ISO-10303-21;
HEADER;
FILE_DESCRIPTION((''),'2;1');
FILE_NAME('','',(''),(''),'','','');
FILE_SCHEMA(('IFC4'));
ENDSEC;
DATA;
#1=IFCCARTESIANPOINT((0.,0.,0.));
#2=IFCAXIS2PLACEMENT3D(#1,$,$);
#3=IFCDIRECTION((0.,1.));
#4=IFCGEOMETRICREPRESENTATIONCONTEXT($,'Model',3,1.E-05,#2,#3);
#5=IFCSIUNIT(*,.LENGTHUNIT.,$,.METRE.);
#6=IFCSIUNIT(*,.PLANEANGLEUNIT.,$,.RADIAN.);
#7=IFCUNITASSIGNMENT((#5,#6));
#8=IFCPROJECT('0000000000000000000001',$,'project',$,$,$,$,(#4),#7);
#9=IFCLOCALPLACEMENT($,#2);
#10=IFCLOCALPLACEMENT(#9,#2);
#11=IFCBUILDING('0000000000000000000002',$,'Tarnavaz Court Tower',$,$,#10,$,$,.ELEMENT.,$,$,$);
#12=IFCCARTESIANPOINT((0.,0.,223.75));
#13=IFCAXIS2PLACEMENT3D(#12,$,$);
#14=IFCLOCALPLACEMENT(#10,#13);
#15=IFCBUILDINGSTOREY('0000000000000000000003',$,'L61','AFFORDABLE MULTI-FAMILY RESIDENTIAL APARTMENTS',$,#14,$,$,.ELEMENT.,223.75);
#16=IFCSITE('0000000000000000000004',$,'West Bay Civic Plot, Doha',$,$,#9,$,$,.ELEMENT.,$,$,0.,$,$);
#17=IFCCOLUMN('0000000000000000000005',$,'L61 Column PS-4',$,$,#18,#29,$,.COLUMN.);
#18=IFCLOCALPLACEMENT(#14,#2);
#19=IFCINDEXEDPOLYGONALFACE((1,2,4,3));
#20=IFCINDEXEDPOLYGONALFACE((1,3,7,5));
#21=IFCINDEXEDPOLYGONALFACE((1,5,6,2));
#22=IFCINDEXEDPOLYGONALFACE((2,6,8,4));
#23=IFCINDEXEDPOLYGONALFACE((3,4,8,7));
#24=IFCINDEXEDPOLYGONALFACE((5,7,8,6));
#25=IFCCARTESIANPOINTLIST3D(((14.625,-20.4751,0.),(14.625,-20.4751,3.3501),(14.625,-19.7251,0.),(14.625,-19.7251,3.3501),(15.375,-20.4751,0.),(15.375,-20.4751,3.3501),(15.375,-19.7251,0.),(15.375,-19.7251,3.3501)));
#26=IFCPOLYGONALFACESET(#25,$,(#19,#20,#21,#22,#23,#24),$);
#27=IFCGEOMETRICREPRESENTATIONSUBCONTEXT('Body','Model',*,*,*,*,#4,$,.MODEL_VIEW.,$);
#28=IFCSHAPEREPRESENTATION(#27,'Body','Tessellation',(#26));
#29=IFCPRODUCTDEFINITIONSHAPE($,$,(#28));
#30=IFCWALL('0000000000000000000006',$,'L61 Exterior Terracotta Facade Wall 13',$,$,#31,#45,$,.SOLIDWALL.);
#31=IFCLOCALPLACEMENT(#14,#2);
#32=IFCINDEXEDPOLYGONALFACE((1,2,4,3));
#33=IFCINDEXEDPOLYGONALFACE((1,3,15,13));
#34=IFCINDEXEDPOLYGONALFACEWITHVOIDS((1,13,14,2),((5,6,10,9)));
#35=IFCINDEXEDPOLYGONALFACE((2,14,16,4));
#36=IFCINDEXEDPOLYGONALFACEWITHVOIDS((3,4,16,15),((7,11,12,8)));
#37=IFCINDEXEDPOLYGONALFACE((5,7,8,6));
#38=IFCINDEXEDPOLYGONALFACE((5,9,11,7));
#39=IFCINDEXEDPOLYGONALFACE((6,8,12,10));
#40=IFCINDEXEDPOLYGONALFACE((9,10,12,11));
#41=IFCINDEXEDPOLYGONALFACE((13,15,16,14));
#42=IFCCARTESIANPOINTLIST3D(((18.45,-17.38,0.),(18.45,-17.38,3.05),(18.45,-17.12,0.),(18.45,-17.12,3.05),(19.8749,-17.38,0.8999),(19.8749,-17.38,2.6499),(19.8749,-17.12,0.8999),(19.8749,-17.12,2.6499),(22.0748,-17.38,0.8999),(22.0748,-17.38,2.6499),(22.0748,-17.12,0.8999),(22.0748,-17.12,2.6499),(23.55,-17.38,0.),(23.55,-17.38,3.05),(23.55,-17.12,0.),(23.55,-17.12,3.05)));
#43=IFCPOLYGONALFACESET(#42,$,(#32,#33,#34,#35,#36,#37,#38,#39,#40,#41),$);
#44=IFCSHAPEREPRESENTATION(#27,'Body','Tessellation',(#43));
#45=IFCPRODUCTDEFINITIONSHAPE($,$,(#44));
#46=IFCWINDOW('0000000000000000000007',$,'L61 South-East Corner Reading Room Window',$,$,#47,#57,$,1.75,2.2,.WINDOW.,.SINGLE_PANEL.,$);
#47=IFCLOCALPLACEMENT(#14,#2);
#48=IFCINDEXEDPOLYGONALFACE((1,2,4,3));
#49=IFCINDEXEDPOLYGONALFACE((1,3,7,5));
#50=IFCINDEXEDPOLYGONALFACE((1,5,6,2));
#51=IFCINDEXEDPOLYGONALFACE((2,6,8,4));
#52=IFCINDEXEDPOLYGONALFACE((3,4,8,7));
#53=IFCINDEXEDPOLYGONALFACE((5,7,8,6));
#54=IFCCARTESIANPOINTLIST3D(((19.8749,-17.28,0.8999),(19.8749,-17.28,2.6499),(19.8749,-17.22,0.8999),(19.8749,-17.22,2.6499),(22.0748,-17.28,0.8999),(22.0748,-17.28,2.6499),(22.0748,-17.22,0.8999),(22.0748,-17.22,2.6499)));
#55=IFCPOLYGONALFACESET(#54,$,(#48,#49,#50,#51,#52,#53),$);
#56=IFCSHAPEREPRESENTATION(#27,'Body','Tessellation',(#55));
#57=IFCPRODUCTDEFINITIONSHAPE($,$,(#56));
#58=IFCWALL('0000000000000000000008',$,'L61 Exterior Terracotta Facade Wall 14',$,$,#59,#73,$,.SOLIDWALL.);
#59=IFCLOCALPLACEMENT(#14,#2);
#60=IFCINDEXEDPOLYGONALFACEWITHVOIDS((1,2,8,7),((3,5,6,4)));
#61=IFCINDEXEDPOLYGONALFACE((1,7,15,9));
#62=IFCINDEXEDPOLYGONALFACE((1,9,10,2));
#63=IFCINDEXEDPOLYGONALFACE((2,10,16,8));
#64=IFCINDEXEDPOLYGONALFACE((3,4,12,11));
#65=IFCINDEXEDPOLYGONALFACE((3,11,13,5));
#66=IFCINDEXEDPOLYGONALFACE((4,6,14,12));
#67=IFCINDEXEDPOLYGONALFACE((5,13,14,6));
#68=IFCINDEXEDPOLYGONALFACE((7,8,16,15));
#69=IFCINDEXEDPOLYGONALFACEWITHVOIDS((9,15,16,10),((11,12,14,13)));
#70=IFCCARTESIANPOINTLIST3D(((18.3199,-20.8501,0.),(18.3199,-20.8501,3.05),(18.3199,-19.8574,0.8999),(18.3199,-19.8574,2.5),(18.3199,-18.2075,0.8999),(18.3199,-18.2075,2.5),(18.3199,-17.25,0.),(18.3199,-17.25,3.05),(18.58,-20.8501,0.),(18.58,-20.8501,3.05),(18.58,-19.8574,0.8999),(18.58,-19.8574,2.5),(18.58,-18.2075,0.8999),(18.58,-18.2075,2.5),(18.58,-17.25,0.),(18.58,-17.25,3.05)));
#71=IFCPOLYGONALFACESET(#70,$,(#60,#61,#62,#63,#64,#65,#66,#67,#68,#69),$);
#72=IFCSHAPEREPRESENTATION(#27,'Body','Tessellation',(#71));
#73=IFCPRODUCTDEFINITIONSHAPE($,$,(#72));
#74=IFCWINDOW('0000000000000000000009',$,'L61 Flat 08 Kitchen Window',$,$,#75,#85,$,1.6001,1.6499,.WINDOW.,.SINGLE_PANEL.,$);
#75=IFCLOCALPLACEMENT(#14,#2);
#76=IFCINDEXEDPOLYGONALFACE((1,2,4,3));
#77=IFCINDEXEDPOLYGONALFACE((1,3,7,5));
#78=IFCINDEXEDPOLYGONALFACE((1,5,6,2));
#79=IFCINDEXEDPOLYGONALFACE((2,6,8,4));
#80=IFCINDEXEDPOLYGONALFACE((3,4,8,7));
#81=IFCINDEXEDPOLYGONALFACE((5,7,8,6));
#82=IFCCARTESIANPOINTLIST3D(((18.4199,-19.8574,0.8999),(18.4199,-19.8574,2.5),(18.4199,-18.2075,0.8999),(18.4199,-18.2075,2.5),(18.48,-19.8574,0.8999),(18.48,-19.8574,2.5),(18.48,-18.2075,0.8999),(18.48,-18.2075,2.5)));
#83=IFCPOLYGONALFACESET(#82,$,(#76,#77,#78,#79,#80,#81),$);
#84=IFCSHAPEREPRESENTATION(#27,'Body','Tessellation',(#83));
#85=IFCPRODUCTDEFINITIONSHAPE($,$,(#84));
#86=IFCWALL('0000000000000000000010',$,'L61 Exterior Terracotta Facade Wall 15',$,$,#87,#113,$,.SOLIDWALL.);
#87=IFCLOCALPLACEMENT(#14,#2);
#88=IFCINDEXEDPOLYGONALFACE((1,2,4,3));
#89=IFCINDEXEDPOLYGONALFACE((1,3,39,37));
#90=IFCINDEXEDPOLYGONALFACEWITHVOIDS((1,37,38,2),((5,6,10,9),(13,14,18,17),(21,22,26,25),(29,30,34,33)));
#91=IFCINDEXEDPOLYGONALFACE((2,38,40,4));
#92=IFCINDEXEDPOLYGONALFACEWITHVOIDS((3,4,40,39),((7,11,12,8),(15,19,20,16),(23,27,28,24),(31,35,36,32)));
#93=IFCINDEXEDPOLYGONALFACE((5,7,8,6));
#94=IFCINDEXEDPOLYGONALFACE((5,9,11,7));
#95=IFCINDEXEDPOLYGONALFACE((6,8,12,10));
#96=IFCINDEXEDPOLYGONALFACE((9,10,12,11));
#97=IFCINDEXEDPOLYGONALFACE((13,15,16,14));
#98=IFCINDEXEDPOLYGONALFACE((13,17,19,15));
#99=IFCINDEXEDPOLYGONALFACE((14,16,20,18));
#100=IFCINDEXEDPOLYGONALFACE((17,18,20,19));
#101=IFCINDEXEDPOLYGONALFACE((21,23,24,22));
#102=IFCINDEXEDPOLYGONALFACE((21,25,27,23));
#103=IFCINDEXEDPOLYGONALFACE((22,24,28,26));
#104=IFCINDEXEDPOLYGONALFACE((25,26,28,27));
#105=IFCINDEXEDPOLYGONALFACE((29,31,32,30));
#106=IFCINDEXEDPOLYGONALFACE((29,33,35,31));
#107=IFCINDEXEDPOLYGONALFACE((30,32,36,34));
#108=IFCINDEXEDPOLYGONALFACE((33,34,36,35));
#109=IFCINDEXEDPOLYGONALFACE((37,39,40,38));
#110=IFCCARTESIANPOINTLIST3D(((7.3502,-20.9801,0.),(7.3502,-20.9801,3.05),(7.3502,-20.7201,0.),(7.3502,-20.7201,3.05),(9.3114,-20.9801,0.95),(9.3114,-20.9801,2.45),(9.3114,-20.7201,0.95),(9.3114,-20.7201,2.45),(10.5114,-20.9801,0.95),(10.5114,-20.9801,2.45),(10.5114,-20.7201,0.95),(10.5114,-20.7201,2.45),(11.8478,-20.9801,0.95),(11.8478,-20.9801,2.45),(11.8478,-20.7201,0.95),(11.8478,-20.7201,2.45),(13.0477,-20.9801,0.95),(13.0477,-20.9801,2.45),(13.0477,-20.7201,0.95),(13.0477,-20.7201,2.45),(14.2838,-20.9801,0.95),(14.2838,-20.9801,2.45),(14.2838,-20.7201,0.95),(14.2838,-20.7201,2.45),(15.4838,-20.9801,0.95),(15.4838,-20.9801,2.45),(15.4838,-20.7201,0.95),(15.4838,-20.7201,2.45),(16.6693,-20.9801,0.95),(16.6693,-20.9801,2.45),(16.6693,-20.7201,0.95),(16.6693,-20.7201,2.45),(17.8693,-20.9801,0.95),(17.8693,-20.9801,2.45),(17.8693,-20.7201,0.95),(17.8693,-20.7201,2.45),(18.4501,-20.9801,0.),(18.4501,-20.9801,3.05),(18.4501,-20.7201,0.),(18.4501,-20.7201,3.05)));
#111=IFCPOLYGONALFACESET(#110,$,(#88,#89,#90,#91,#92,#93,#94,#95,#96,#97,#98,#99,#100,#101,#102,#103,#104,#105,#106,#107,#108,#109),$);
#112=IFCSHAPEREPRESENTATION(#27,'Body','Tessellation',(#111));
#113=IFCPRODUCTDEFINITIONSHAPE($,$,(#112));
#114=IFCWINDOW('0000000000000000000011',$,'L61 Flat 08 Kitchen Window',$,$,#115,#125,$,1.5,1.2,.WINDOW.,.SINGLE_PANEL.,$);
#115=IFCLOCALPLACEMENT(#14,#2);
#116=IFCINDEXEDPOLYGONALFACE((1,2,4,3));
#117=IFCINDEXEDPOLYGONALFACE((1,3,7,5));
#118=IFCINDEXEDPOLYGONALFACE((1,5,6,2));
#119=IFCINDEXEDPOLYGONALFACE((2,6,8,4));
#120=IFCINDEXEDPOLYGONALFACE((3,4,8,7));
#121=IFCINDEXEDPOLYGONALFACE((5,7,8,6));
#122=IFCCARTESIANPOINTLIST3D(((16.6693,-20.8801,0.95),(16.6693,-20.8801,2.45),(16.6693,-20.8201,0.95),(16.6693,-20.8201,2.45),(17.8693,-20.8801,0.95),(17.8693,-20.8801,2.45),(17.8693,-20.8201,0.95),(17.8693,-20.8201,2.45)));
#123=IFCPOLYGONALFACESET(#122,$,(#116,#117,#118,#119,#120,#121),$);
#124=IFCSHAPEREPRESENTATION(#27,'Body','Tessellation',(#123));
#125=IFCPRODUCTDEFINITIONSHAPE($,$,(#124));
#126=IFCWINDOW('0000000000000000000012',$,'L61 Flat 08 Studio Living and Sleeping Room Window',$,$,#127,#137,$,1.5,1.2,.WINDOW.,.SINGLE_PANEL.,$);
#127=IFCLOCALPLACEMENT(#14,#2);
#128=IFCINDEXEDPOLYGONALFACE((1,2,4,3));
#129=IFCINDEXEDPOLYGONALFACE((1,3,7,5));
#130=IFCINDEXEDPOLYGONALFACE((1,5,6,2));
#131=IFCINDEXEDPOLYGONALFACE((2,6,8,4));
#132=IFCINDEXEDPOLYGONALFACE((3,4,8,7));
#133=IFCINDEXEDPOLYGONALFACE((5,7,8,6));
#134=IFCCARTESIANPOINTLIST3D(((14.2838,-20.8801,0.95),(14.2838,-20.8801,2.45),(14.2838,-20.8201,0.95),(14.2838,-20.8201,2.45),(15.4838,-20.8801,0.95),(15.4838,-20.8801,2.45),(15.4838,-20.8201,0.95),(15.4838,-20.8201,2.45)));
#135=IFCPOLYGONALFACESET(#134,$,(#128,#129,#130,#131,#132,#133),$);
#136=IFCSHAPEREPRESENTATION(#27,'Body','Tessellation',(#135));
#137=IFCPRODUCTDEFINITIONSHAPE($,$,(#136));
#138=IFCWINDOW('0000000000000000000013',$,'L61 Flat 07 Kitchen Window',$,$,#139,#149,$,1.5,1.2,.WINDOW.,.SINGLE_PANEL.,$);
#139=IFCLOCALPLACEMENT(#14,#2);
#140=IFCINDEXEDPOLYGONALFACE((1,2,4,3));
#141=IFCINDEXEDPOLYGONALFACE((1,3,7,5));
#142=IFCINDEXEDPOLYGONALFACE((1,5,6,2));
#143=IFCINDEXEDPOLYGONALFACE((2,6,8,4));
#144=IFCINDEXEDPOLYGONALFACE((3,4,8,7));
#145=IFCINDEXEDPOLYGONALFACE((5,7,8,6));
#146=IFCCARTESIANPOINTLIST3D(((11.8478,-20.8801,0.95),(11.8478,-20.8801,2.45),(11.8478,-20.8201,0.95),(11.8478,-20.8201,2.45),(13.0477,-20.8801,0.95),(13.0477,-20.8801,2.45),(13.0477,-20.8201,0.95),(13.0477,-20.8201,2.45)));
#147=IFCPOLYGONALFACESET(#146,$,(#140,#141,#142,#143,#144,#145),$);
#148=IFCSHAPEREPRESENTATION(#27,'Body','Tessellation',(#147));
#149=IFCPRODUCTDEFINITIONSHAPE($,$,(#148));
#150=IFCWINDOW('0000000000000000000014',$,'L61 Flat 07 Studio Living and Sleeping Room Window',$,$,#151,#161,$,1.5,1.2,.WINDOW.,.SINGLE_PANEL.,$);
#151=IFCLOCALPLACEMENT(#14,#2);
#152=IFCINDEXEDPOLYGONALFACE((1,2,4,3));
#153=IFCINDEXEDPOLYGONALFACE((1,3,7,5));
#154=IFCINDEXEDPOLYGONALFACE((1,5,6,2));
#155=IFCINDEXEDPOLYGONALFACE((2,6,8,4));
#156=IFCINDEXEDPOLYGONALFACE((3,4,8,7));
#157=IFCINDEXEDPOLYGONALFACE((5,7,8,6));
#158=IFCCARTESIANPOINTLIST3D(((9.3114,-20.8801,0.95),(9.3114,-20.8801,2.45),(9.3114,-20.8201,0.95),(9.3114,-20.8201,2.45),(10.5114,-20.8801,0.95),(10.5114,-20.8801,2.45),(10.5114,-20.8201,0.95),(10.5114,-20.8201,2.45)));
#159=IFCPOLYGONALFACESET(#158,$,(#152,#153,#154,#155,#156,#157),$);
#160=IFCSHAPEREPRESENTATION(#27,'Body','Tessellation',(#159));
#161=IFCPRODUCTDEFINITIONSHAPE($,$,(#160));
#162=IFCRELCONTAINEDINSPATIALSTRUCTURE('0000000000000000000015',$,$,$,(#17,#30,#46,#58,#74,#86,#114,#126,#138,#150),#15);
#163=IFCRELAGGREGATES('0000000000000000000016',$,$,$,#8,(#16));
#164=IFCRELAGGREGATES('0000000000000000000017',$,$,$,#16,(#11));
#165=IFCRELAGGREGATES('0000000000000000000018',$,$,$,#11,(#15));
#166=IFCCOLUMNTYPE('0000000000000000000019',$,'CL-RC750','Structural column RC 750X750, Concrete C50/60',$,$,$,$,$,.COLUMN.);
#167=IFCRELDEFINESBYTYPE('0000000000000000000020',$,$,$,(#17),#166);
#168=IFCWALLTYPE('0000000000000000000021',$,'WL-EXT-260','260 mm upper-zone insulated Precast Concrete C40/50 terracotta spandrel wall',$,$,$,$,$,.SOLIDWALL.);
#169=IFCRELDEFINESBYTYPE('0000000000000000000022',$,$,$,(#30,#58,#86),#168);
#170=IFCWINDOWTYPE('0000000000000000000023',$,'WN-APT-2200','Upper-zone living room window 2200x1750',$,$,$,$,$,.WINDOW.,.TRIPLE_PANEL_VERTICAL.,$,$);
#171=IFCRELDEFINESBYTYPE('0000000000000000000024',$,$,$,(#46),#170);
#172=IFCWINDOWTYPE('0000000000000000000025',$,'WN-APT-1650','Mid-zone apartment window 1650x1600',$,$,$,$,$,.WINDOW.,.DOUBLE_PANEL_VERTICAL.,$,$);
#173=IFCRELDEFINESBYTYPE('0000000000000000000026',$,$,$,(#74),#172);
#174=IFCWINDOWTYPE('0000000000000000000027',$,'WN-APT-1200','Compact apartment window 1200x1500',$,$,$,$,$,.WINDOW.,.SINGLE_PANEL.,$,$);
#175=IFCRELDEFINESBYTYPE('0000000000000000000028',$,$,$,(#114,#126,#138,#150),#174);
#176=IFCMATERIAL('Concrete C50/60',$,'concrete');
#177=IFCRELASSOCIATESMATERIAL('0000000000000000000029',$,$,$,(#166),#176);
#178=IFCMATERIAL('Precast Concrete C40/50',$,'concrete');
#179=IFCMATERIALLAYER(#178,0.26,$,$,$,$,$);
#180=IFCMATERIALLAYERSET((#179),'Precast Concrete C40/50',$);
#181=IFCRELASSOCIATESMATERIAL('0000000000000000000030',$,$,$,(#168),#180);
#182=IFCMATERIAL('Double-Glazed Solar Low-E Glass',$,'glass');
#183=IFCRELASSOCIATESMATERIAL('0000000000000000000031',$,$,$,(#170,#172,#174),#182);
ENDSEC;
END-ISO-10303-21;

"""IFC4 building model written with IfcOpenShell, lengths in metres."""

from ifc_helpers import new_model, si_unit, direction, frame, frame_2d, origin, origin_2d, place, context, subcontext, project, spatial, rectangle, extrude, material, layer, layer_set, material_profile, profile_set, type_object, element, fill, save


model = new_model("IFC4")

# Units and contexts
model_context = context("Model", 3, precision=1e-05, world=origin(), true_north=direction((0.0, 1.0)))
body_context = subcontext(model_context, "Body", "Model", "MODEL_VIEW")
ifc_project = project(units=[si_unit("LENGTHUNIT", "METRE"), si_unit("PLANEANGLEUNIT", "RADIAN")], contexts=[model_context])

# Site, building, storey
site_placement = place(None, origin())
site = spatial("IfcSite", under=ifc_project, at=site_placement, Name="West Bay Civic Plot, Doha", CompositionType="ELEMENT", RefElevation=0.0)
building_placement = place(site_placement, origin())
building = spatial("IfcBuilding", under=site, at=building_placement, Name="Tarnavaz Court Tower", CompositionType="ELEMENT")
storey_placement = place(building_placement, frame((0.0, 0.0, 223.75)))
storey = spatial("IfcBuildingStorey", under=building, at=storey_placement, Name="L61", Description="AFFORDABLE MULTI-FAMILY RESIDENTIAL APARTMENTS", CompositionType="ELEMENT", Elevation=223.75)

# Column
ifc_material_1 = material(Name="Concrete C50/60", Category="concrete")
ifc_material_profile_1 = material_profile(ifc_material_1, rectangle(XDim=0.75, YDim=0.75, at=origin_2d()), Name="RC 750X750")
ifc_profile_set_1 = profile_set([ifc_material_profile_1], Name="Concrete C50/60")
column_type = type_object("IfcColumnType", Name="CL-RC750", Description="Structural column RC 750X750, Concrete C50/60", PredefinedType="COLUMN", material=ifc_profile_set_1)
column_placement = place(storey_placement, frame((15.0, -20.1001, 0.0), z_axis=(0.0, 0.0, 1.0), x_axis=(1.0, 0.0, 0.0)))
element("IfcColumn", 1, at=column_placement, inside=storey, type_object=column_type, Name="L61 Column PS-4", PredefinedType="COLUMN", context=body_context, shape_type="SweptSolid", body=[
    extrude(rectangle(XDim=0.75, YDim=0.75, at=origin_2d()), origin(), (0.0, 0.0, 1.0), 3.3501),
])

# Walls, openings, windows
ifc_material_2 = material(Name="Precast Concrete C40/50", Category="concrete")
ifc_layer_1 = layer(ifc_material_2, 0.26)
ifc_layer_set_1 = layer_set([ifc_layer_1], Name="Precast Concrete C40/50")
wall_type_1 = type_object("IfcWallType", Name="WL-EXT-260", Description="260 mm upper-zone insulated Precast Concrete C40/50 terracotta spandrel wall", PredefinedType="SOLIDWALL", material=ifc_layer_set_1)
wall_1_placement = place(storey_placement, frame((23.55, -17.25, 0.0), z_axis=(0.0, 0.0, 1.0), x_axis=(-1.0, 0.0, 0.0)))
wall_1 = element("IfcWall", 2, at=wall_1_placement, inside=storey, type_object=wall_type_1, Name="L61 Exterior Terracotta Facade Wall 13", PredefinedType="SOLIDWALL", context=body_context, shape_type="SweptSolid", body=[
    extrude(rectangle(XDim=5.1001, YDim=0.26, at=frame_2d((2.55, 0.0))), origin(), (0.0, 0.0, 1.0), 3.05),
])
opening_1_placement = place(wall_1_placement, frame((1.4751, 0.0, 0.8999)))
opening_1 = element("IfcOpeningElement", 3, at=opening_1_placement, cuts=wall_1, PredefinedType="OPENING", context=body_context, shape_type="SweptSolid", body=[
    extrude(rectangle(XDim=2.2, YDim=1.75, at=frame_2d((1.1001, 0.875))), frame((0.0, 0.1399, 0.0), z_axis=(0.0, -1.0, 0.0), x_axis=(1.0, 0.0, 0.0)), (0.0, 0.0, 1.0), 0.28),
])
ifc_material_3 = material(Name="Double-Glazed Solar Low-E Glass", Category="glass")
window_type_1 = type_object("IfcWindowType", Name="WN-APT-2200", Description="Upper-zone living room window 2200x1750", PartitioningType="TRIPLE_PANEL_VERTICAL", PredefinedType="WINDOW", material=ifc_material_3)
window_1_placement = place(opening_1_placement, origin())
window_1 = element("IfcWindow", 4, at=window_1_placement, inside=storey, type_object=window_type_1, Name="L61 South-East Corner Reading Room Window", OverallHeight=1.75, OverallWidth=2.2, PartitioningType="SINGLE_PANEL", PredefinedType="WINDOW", context=body_context, shape_type="SweptSolid", body=[
    extrude(rectangle(XDim=2.2, YDim=1.75, at=frame_2d((1.1001, 0.875))), frame((0.0, 0.03, 0.0), z_axis=(0.0, -1.0, 0.0), x_axis=(1.0, 0.0, 0.0)), (0.0, 0.0, 1.0), 0.0601),
])
fill(opening_1, window_1)
wall_2_placement = place(storey_placement, frame((18.45, -17.25, 0.0), z_axis=(0.0, 0.0, 1.0), x_axis=(0.0, -1.0, 0.0)))
wall_2 = element("IfcWall", 5, at=wall_2_placement, inside=storey, type_object=wall_type_1, Name="L61 Exterior Terracotta Facade Wall 14", PredefinedType="SOLIDWALL", context=body_context, shape_type="SweptSolid", body=[
    extrude(rectangle(XDim=3.6001, YDim=0.26, at=frame_2d((1.8, 0.0))), origin(), (0.0, 0.0, 1.0), 3.05),
])
opening_2_placement = place(wall_2_placement, frame((0.9575, 0.0, 0.8999)))
opening_2 = element("IfcOpeningElement", 6, at=opening_2_placement, cuts=wall_2, PredefinedType="OPENING", context=body_context, shape_type="SweptSolid", body=[
    extrude(rectangle(XDim=1.6499, YDim=1.6001, at=frame_2d((0.825, 0.8))), frame((0.0, 0.1399, 0.0), z_axis=(0.0, -1.0, 0.0), x_axis=(1.0, 0.0, 0.0)), (0.0, 0.0, 1.0), 0.28),
])
window_type_2 = type_object("IfcWindowType", Name="WN-APT-1650", Description="Mid-zone apartment window 1650x1600", PartitioningType="DOUBLE_PANEL_VERTICAL", PredefinedType="WINDOW", material=ifc_material_3)
window_2_placement = place(opening_2_placement, origin())
window_2 = element("IfcWindow", 7, at=window_2_placement, inside=storey, type_object=window_type_2, Name="L61 Flat 08 Kitchen Window", OverallHeight=1.6001, OverallWidth=1.6499, PartitioningType="SINGLE_PANEL", PredefinedType="WINDOW", context=body_context, shape_type="SweptSolid", body=[
    extrude(rectangle(XDim=1.6499, YDim=1.6001, at=frame_2d((0.825, 0.8))), frame((0.0, 0.03, 0.0), z_axis=(0.0, -1.0, 0.0), x_axis=(1.0, 0.0, 0.0)), (0.0, 0.0, 1.0), 0.0601),
])
fill(opening_2, window_2)

# Wall, openings, windows
wall_3_placement = place(storey_placement, frame((18.45, -20.8501, 0.0), z_axis=(0.0, 0.0, 1.0), x_axis=(-1.0, 0.0, 0.0)))
wall_3 = element("IfcWall", 8, at=wall_3_placement, inside=storey, type_object=wall_type_1, Name="L61 Exterior Terracotta Facade Wall 15", PredefinedType="SOLIDWALL", context=body_context, shape_type="SweptSolid", body=[
    extrude(rectangle(XDim=11.0999, YDim=0.26, at=frame_2d((5.5498, 0.0))), origin(), (0.0, 0.0, 1.0), 3.05),
])
opening_3_placement = place(wall_3_placement, frame((0.5806, 0.0, 0.95)))
opening_3 = element("IfcOpeningElement", 9, at=opening_3_placement, cuts=wall_3, PredefinedType="OPENING", context=body_context, shape_type="SweptSolid", body=[
    extrude(rectangle(XDim=1.2, YDim=1.5, at=frame_2d((0.6001, 0.75))), frame((0.0, 0.1399, 0.0), z_axis=(0.0, -1.0, 0.0), x_axis=(1.0, 0.0, 0.0)), (0.0, 0.0, 1.0), 0.28),
])
opening_4_placement = place(wall_3_placement, frame((2.9661, 0.0, 0.95)))
opening_4 = element("IfcOpeningElement", 10, at=opening_4_placement, cuts=wall_3, PredefinedType="OPENING", context=body_context, shape_type="SweptSolid", body=[
    extrude(rectangle(XDim=1.2, YDim=1.5, at=frame_2d((0.6001, 0.75))), frame((0.0, 0.1399, 0.0), z_axis=(0.0, -1.0, 0.0), x_axis=(1.0, 0.0, 0.0)), (0.0, 0.0, 1.0), 0.28),
])
opening_5_placement = place(wall_3_placement, frame((5.4021, 0.0, 0.95)))
opening_5 = element("IfcOpeningElement", 11, at=opening_5_placement, cuts=wall_3, PredefinedType="OPENING", context=body_context, shape_type="SweptSolid", body=[
    extrude(rectangle(XDim=1.2, YDim=1.5, at=frame_2d((0.6001, 0.75))), frame((0.0, 0.1399, 0.0), z_axis=(0.0, -1.0, 0.0), x_axis=(1.0, 0.0, 0.0)), (0.0, 0.0, 1.0), 0.28),
])
opening_6_placement = place(wall_3_placement, frame((7.9385, 0.0, 0.95)))
opening_6 = element("IfcOpeningElement", 12, at=opening_6_placement, cuts=wall_3, PredefinedType="OPENING", context=body_context, shape_type="SweptSolid", body=[
    extrude(rectangle(XDim=1.2, YDim=1.5, at=frame_2d((0.6001, 0.75))), frame((0.0, 0.1399, 0.0), z_axis=(0.0, -1.0, 0.0), x_axis=(1.0, 0.0, 0.0)), (0.0, 0.0, 1.0), 0.28),
])
window_type_3 = type_object("IfcWindowType", Name="WN-APT-1200", Description="Compact apartment window 1200x1500", PartitioningType="SINGLE_PANEL", PredefinedType="WINDOW", material=ifc_material_3)
window_3_placement = place(opening_3_placement, origin())
window_3 = element("IfcWindow", 13, at=window_3_placement, inside=storey, type_object=window_type_3, Name="L61 Flat 08 Kitchen Window", OverallHeight=1.5, OverallWidth=1.2, PartitioningType="SINGLE_PANEL", PredefinedType="WINDOW", context=body_context, shape_type="SweptSolid", body=[
    extrude(rectangle(XDim=1.2, YDim=1.5, at=frame_2d((0.6001, 0.75))), frame((0.0, 0.03, 0.0), z_axis=(0.0, -1.0, 0.0), x_axis=(1.0, 0.0, 0.0)), (0.0, 0.0, 1.0), 0.0601),
])
fill(opening_3, window_3)
window_4_placement = place(opening_4_placement, origin())
window_4 = element("IfcWindow", 14, at=window_4_placement, inside=storey, type_object=window_type_3, Name="L61 Flat 08 Studio Living and Sleeping Room Window", OverallHeight=1.5, OverallWidth=1.2, PartitioningType="SINGLE_PANEL", PredefinedType="WINDOW", context=body_context, shape_type="SweptSolid", body=[
    extrude(rectangle(XDim=1.2, YDim=1.5, at=frame_2d((0.6001, 0.75))), frame((0.0, 0.03, 0.0), z_axis=(0.0, -1.0, 0.0), x_axis=(1.0, 0.0, 0.0)), (0.0, 0.0, 1.0), 0.0601),
])
fill(opening_4, window_4)
window_5_placement = place(opening_5_placement, origin())
window_5 = element("IfcWindow", 15, at=window_5_placement, inside=storey, type_object=window_type_3, Name="L61 Flat 07 Kitchen Window", OverallHeight=1.5, OverallWidth=1.2, PartitioningType="SINGLE_PANEL", PredefinedType="WINDOW", context=body_context, shape_type="SweptSolid", body=[
    extrude(rectangle(XDim=1.2, YDim=1.5, at=frame_2d((0.6001, 0.75))), frame((0.0, 0.03, 0.0), z_axis=(0.0, -1.0, 0.0), x_axis=(1.0, 0.0, 0.0)), (0.0, 0.0, 1.0), 0.0601),
])
fill(opening_5, window_5)
window_6_placement = place(opening_6_placement, origin())
window_6 = element("IfcWindow", 16, at=window_6_placement, inside=storey, type_object=window_type_3, Name="L61 Flat 07 Studio Living and Sleeping Room Window", OverallHeight=1.5, OverallWidth=1.2, PartitioningType="SINGLE_PANEL", PredefinedType="WINDOW", context=body_context, shape_type="SweptSolid", body=[
    extrude(rectangle(XDim=1.2, YDim=1.5, at=frame_2d((0.6001, 0.75))), frame((0.0, 0.03, 0.0), z_axis=(0.0, -1.0, 0.0), x_axis=(1.0, 0.0, 0.0)), (0.0, 0.0, 1.0), 0.0601),
])
fill(opening_6, window_6)

save(model, "model.ifc")
